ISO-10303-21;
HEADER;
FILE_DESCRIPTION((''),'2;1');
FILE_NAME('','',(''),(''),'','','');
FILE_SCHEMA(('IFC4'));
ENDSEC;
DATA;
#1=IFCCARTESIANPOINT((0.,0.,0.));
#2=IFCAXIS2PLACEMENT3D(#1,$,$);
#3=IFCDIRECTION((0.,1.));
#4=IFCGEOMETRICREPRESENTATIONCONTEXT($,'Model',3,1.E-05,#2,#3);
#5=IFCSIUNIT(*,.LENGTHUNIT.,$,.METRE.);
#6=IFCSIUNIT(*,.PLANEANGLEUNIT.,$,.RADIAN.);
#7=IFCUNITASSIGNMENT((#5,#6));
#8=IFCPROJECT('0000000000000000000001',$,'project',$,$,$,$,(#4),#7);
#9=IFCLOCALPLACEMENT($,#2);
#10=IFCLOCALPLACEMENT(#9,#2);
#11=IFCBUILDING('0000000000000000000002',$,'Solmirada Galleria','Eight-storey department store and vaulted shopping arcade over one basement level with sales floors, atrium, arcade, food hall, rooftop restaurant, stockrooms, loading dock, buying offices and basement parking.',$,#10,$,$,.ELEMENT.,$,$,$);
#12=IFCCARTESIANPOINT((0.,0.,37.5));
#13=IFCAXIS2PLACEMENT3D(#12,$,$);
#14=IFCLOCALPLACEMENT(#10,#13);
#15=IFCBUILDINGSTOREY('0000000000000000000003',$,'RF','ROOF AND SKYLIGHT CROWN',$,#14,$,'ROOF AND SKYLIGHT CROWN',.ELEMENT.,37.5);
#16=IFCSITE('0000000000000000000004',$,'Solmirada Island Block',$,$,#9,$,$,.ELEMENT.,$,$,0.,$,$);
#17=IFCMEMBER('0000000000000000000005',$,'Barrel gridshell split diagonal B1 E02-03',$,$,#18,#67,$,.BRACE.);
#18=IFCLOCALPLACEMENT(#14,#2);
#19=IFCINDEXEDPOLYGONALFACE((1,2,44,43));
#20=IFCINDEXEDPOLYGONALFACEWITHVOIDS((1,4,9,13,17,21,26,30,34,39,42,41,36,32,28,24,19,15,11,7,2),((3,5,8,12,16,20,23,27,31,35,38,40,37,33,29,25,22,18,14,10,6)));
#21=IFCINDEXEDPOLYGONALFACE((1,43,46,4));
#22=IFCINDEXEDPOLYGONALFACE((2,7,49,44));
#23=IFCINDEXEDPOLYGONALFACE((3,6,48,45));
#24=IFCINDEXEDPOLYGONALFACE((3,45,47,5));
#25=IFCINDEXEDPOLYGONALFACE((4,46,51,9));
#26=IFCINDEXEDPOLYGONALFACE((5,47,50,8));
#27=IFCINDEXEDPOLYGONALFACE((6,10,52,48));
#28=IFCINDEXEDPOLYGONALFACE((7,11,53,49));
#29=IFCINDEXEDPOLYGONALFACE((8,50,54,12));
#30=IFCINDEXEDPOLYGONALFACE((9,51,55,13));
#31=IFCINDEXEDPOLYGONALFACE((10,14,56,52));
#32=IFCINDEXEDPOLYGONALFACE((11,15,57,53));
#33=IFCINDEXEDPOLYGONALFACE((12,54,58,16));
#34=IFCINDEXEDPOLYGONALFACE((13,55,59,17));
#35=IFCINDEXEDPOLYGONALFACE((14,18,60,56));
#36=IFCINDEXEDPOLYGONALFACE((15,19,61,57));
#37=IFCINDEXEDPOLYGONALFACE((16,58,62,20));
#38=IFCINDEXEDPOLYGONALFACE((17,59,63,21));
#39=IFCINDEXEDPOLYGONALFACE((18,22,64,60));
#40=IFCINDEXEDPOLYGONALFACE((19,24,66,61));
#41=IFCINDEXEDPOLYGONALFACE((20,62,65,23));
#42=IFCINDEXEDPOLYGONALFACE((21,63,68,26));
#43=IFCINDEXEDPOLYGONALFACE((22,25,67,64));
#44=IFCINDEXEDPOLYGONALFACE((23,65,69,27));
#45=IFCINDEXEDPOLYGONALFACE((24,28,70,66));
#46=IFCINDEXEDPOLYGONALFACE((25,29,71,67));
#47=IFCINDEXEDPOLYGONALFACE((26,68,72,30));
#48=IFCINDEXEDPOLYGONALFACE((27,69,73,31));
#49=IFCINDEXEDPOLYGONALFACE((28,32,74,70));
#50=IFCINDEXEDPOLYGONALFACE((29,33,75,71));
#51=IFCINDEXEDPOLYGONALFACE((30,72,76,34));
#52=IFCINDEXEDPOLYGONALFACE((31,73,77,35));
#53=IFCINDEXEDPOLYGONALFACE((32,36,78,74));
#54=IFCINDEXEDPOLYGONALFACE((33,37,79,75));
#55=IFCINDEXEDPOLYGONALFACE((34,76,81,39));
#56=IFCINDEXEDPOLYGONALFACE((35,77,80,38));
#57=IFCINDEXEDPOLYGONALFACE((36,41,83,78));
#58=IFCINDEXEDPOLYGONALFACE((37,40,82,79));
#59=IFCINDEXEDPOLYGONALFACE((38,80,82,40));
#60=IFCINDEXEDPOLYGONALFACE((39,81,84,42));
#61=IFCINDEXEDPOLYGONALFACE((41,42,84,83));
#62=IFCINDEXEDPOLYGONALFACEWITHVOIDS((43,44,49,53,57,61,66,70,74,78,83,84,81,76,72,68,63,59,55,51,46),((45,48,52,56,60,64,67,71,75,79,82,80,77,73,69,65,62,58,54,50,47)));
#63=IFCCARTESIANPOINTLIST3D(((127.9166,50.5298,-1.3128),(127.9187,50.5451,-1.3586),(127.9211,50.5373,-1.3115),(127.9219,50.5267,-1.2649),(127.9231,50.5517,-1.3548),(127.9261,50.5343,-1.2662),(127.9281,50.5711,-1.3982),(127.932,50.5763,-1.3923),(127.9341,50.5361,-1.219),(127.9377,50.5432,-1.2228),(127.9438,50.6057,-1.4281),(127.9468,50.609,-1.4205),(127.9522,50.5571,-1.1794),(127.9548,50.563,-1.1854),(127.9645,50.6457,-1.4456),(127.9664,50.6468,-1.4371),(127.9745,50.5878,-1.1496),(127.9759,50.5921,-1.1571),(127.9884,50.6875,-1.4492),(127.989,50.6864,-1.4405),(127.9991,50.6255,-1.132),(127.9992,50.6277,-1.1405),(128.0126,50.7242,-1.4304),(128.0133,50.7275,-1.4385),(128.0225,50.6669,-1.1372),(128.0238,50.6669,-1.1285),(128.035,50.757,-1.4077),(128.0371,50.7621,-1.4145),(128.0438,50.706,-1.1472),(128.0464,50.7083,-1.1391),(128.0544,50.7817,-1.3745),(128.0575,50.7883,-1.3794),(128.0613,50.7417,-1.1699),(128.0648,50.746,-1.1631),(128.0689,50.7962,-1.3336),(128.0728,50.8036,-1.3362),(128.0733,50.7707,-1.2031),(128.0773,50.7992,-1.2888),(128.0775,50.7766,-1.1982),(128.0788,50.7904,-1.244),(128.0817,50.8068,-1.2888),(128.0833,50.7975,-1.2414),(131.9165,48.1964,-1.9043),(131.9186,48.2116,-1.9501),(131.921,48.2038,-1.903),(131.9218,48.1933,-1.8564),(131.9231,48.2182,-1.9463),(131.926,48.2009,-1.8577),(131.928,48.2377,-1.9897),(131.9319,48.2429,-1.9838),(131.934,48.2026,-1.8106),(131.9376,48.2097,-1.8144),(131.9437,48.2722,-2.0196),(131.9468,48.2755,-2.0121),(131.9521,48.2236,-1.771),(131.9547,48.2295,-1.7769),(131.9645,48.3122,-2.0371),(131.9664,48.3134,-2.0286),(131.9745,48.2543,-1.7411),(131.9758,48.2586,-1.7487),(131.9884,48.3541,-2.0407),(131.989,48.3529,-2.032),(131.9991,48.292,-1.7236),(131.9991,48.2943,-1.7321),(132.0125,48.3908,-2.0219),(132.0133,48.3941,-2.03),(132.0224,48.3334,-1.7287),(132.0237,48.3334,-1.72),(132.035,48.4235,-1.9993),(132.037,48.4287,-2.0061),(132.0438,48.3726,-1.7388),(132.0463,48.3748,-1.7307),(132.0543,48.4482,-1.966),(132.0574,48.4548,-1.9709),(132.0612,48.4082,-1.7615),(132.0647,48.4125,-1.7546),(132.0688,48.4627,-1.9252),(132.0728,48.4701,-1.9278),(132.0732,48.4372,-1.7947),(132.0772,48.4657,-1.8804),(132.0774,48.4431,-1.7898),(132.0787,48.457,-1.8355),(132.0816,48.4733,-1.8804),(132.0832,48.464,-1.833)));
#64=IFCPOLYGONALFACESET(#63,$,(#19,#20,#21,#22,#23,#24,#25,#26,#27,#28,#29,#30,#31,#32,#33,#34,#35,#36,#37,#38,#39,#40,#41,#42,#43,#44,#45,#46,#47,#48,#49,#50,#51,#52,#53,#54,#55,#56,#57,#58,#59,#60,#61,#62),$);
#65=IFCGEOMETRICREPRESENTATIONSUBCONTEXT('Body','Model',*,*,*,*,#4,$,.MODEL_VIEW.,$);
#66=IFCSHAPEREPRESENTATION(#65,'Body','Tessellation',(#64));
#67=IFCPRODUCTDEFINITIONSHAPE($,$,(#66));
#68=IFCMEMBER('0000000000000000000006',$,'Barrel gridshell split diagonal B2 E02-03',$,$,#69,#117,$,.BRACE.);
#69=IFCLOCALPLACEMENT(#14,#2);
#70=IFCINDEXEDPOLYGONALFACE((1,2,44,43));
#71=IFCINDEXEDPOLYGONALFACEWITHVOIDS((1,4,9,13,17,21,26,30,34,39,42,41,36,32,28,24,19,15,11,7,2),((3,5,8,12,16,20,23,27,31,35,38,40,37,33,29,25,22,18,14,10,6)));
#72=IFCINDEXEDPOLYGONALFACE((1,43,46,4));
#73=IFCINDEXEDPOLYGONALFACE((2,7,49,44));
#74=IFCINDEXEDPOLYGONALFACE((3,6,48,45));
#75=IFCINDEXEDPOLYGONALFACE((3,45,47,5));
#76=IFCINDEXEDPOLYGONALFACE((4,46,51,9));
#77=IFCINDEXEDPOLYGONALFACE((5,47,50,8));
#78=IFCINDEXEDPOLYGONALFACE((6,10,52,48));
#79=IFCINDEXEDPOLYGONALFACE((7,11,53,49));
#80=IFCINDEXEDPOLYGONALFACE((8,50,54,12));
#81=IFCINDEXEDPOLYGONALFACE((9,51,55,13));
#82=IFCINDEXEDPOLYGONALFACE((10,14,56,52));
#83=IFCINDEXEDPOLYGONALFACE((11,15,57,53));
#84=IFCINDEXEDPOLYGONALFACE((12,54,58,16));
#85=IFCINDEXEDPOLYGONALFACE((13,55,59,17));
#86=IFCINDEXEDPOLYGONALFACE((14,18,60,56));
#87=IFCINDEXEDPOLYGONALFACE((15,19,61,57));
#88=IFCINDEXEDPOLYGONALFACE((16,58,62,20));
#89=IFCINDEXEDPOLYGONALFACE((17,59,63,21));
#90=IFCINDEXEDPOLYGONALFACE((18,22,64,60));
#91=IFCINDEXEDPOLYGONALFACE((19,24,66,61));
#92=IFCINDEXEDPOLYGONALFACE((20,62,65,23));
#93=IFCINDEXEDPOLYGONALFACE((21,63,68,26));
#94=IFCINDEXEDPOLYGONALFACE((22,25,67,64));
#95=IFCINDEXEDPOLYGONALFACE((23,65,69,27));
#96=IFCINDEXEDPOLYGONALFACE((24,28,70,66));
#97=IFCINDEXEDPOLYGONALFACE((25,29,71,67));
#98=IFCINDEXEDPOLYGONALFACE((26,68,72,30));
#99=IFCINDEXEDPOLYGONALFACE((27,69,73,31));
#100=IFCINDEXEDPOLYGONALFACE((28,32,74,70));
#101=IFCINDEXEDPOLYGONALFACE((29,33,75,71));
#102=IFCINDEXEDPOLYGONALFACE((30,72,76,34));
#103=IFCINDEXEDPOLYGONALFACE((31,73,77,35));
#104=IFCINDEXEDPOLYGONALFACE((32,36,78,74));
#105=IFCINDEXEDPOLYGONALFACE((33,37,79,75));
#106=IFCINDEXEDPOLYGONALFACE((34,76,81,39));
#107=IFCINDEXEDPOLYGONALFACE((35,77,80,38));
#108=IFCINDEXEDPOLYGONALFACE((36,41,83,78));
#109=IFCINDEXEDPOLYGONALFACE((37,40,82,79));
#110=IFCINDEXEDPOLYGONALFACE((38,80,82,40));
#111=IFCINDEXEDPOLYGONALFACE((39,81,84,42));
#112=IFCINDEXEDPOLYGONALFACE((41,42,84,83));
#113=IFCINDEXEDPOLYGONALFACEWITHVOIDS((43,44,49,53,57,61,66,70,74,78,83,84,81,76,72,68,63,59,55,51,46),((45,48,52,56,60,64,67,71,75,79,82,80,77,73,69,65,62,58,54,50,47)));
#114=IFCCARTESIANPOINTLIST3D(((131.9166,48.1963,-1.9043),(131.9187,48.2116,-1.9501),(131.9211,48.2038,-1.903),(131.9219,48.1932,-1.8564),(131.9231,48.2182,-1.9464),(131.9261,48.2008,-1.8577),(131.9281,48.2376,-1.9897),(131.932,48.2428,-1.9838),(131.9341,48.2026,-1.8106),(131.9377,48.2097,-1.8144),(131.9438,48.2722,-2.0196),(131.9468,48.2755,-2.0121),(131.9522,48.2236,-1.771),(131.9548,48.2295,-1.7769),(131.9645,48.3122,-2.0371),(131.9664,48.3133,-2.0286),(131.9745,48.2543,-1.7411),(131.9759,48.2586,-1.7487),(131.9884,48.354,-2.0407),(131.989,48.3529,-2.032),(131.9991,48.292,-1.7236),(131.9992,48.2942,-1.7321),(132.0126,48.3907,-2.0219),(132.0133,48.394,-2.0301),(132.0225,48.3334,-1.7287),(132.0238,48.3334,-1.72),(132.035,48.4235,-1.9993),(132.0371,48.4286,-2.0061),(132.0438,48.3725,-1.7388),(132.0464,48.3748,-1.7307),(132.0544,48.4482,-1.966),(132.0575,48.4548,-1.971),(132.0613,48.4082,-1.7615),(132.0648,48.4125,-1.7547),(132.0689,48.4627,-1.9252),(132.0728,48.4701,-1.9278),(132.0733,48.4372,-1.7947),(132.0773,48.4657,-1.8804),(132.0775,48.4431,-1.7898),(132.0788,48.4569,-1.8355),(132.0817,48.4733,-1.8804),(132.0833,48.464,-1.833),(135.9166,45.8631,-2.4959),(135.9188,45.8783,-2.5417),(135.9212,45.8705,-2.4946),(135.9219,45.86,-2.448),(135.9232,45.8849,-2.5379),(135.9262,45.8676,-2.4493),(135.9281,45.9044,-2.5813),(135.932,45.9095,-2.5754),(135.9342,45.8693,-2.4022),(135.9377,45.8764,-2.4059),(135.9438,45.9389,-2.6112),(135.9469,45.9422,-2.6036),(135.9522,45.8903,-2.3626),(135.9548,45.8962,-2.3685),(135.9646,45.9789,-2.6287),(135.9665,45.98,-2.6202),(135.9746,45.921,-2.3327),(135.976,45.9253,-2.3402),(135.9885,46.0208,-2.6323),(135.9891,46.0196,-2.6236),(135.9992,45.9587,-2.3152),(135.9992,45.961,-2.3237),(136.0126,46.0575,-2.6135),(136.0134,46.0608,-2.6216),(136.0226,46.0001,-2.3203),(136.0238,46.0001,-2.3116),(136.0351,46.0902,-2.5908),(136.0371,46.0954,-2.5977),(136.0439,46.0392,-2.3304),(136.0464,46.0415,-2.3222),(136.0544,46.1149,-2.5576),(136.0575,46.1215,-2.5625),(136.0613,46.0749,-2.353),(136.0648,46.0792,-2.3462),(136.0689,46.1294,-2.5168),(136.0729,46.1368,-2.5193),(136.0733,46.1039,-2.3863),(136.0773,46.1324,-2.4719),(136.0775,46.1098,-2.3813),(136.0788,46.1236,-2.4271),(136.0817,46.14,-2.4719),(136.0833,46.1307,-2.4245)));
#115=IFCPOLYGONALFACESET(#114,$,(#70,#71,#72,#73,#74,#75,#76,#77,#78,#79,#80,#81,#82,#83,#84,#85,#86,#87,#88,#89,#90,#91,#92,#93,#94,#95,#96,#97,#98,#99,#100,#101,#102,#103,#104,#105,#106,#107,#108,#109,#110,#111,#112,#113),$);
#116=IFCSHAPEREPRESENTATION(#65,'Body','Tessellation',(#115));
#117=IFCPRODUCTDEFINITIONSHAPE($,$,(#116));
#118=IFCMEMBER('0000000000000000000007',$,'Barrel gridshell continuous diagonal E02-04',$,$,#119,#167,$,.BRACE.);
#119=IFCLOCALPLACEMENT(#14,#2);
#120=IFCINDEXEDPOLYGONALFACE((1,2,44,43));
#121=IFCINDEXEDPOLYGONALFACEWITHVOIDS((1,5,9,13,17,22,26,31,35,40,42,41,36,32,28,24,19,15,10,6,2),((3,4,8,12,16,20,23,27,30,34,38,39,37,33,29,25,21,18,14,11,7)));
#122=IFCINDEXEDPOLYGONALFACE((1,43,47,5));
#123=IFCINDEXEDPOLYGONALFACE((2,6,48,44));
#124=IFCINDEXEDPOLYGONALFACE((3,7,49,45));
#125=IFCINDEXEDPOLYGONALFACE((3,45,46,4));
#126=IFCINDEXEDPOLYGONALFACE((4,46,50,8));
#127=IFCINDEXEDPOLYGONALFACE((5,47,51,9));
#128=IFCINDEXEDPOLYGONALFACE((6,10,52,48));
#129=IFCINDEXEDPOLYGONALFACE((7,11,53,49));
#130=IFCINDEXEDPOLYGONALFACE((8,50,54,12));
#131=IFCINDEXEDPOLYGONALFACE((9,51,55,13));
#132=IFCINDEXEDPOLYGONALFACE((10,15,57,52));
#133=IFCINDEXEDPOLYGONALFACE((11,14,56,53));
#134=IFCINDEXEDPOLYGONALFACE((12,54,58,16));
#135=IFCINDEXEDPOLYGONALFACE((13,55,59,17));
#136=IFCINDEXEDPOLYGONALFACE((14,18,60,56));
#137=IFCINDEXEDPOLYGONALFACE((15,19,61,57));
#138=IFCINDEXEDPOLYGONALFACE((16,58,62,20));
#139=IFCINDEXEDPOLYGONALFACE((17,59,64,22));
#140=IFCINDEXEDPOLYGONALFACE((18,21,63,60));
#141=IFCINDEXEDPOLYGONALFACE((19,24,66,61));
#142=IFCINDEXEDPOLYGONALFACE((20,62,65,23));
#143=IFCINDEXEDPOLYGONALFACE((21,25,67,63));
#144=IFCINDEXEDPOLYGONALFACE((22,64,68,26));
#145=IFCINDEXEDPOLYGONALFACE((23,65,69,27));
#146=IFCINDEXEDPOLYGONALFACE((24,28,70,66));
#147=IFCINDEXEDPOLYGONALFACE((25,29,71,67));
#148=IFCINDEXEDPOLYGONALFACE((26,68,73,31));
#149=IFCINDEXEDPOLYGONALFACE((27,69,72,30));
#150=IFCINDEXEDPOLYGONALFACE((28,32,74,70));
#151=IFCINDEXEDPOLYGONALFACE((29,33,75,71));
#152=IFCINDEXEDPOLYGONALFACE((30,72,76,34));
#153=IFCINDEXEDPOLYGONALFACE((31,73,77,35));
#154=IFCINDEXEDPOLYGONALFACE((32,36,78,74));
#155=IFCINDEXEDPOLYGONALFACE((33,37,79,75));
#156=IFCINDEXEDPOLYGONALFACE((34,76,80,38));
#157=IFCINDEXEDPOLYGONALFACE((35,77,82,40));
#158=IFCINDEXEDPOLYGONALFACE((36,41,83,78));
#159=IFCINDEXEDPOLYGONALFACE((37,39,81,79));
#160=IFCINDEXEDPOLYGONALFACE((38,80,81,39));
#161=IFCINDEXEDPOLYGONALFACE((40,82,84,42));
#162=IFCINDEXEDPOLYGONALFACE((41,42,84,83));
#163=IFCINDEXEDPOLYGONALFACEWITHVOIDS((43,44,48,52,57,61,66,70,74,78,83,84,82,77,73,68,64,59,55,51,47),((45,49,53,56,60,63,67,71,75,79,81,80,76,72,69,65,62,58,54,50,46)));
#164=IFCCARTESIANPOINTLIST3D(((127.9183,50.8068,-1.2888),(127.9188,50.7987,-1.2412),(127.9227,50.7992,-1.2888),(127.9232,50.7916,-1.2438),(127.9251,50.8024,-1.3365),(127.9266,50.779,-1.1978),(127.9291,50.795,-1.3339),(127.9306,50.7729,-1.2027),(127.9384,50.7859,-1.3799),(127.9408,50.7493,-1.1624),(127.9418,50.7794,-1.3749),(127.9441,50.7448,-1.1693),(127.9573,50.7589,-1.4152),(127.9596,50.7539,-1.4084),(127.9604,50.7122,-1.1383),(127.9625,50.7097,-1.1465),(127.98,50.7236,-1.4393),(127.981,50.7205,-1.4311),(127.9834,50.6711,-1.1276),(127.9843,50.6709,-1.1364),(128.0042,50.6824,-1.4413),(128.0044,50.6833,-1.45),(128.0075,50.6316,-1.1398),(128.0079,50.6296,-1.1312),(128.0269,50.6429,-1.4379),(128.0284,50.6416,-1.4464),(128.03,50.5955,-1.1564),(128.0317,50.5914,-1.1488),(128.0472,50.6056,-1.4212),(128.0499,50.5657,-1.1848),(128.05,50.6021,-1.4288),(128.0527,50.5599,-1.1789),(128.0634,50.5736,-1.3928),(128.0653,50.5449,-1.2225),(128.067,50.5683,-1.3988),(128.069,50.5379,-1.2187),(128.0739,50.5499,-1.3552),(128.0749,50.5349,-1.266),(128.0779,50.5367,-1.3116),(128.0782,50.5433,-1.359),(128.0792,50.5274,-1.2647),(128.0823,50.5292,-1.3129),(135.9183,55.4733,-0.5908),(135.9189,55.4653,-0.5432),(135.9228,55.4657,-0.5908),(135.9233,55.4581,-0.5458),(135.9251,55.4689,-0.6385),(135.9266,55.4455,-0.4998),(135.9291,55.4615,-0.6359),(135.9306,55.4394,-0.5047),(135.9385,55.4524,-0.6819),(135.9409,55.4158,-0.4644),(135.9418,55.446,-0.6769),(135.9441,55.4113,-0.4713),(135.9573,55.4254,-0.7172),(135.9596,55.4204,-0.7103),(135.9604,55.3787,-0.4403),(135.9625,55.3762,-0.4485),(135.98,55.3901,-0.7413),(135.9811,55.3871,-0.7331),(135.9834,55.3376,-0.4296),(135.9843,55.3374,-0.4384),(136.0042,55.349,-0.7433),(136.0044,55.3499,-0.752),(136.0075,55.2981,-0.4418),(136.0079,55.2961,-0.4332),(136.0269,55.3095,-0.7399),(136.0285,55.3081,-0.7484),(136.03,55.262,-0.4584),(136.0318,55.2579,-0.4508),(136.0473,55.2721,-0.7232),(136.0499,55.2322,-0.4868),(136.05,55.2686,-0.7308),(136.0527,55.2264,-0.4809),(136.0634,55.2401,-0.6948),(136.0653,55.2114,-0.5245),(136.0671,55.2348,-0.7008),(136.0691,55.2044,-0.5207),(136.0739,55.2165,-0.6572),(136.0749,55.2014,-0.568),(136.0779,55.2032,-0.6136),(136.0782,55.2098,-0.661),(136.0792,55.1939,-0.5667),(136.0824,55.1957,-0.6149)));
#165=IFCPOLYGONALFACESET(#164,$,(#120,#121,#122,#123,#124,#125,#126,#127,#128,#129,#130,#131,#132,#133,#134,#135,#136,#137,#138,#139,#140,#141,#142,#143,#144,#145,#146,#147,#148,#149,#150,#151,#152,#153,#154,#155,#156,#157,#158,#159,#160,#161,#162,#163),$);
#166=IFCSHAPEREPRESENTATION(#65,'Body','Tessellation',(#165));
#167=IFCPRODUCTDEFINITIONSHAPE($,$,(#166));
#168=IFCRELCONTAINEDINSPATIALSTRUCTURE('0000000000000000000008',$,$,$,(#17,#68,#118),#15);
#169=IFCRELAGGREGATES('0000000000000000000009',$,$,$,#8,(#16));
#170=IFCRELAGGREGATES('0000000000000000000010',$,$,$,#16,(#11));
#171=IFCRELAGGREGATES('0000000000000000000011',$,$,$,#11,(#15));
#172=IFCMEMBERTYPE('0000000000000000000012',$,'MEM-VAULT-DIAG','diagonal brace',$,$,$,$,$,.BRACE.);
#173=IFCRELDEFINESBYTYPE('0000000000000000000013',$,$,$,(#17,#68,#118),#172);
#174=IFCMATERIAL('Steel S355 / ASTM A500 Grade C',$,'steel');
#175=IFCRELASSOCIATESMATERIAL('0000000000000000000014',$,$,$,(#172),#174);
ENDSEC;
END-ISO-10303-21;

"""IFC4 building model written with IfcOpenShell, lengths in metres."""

from ifc_helpers import new_model, si_unit, direction, frame, origin, origin_2d, place, context, subcontext, project, spatial, hollow_circle, extrude, material, material_profile, profile_set, type_object, element, save


model = new_model("IFC4")

# Units and contexts
model_context = context("Model", 3, precision=1e-05, world=origin(), true_north=direction((0.0, 1.0)))
body_context = subcontext(model_context, "Body", "Model", "MODEL_VIEW")
ifc_project = project(units=[si_unit("LENGTHUNIT", "METRE"), si_unit("PLANEANGLEUNIT", "RADIAN")], contexts=[model_context])

# Site, building, storey
site_placement = place(None, origin())
site = spatial("IfcSite", under=ifc_project, at=site_placement, Name="Solmirada Island Block", CompositionType="ELEMENT", RefElevation=0.0)
building_placement = place(site_placement, origin())
building = spatial("IfcBuilding", under=site, at=building_placement, Name="Solmirada Galleria", Description="Eight-storey department store and vaulted shopping arcade over one basement level with sales floors, atrium, arcade, food hall, rooftop restaurant, stockrooms, loading dock, buying offices and basement parking.", CompositionType="ELEMENT")
storey_placement = place(building_placement, frame((0.0, 0.0, 37.5)))
storey = spatial("IfcBuildingStorey", under=building, at=storey_placement, Name="RF", Description="ROOF AND SKYLIGHT CROWN", LongName="ROOF AND SKYLIGHT CROWN", CompositionType="ELEMENT", Elevation=37.5)

# Members
ifc_material_1 = material(Name="Steel S355 / ASTM A500 Grade C", Category="steel")
ifc_material_profile_1 = material_profile(ifc_material_1, hollow_circle(Radius=0.1621, WallThickness=0.0088, at=origin_2d()), Name="HSS12.750X0.375")
ifc_profile_set_1 = profile_set([ifc_material_profile_1], Name="Steel S355 / ASTM A500 Grade C")
member_type_1 = type_object("IfcMemberType", Name="MEM-VAULT-DIAG", Description="diagonal brace", PredefinedType="BRACE", material=ifc_profile_set_1)
for number, where, z_axis, x_axis, name in (
    (1, (128.0, 50.6667, -1.2888), (0.856801, -0.499836, -0.126711), (0.503897, 0.863764, 0.0), "Barrel gridshell split diagonal B1 E02-03"),
    (2, (132.0, 48.3333, -1.8804), (0.856824, -0.499796, -0.126714), (0.503858, 0.863787, 0.0), "Barrel gridshell split diagonal B2 E02-03"),
):
    element("IfcMember", number, at=place(storey_placement, frame(where, z_axis=z_axis, x_axis=x_axis)), inside=storey, type_object=member_type_1, Name=name, PredefinedType="BRACE", context=body_context, shape_type="SweptSolid", body=[
        extrude(hollow_circle(Radius=0.1621, WallThickness=0.0088, at=origin_2d()), origin(), (0.0, 0.0, 1.0), 4.6685),
    ])
member_1_placement = place(storey_placement, frame((128.0, 50.6667, -1.2888), z_axis=(0.861344, 0.502433, 0.075152), x_axis=(-0.503858, 0.863787, 0.0)))
element("IfcMember", 3, at=member_1_placement, inside=storey, type_object=member_type_1, Name="Barrel gridshell continuous diagonal E02-04", PredefinedType="BRACE", context=body_context, shape_type="SweptSolid", body=[
    extrude(hollow_circle(Radius=0.1621, WallThickness=0.0088, at=origin_2d()), origin(), (0.0, 0.0, 1.0), 9.2878),
])

save(model, "model.ifc")
